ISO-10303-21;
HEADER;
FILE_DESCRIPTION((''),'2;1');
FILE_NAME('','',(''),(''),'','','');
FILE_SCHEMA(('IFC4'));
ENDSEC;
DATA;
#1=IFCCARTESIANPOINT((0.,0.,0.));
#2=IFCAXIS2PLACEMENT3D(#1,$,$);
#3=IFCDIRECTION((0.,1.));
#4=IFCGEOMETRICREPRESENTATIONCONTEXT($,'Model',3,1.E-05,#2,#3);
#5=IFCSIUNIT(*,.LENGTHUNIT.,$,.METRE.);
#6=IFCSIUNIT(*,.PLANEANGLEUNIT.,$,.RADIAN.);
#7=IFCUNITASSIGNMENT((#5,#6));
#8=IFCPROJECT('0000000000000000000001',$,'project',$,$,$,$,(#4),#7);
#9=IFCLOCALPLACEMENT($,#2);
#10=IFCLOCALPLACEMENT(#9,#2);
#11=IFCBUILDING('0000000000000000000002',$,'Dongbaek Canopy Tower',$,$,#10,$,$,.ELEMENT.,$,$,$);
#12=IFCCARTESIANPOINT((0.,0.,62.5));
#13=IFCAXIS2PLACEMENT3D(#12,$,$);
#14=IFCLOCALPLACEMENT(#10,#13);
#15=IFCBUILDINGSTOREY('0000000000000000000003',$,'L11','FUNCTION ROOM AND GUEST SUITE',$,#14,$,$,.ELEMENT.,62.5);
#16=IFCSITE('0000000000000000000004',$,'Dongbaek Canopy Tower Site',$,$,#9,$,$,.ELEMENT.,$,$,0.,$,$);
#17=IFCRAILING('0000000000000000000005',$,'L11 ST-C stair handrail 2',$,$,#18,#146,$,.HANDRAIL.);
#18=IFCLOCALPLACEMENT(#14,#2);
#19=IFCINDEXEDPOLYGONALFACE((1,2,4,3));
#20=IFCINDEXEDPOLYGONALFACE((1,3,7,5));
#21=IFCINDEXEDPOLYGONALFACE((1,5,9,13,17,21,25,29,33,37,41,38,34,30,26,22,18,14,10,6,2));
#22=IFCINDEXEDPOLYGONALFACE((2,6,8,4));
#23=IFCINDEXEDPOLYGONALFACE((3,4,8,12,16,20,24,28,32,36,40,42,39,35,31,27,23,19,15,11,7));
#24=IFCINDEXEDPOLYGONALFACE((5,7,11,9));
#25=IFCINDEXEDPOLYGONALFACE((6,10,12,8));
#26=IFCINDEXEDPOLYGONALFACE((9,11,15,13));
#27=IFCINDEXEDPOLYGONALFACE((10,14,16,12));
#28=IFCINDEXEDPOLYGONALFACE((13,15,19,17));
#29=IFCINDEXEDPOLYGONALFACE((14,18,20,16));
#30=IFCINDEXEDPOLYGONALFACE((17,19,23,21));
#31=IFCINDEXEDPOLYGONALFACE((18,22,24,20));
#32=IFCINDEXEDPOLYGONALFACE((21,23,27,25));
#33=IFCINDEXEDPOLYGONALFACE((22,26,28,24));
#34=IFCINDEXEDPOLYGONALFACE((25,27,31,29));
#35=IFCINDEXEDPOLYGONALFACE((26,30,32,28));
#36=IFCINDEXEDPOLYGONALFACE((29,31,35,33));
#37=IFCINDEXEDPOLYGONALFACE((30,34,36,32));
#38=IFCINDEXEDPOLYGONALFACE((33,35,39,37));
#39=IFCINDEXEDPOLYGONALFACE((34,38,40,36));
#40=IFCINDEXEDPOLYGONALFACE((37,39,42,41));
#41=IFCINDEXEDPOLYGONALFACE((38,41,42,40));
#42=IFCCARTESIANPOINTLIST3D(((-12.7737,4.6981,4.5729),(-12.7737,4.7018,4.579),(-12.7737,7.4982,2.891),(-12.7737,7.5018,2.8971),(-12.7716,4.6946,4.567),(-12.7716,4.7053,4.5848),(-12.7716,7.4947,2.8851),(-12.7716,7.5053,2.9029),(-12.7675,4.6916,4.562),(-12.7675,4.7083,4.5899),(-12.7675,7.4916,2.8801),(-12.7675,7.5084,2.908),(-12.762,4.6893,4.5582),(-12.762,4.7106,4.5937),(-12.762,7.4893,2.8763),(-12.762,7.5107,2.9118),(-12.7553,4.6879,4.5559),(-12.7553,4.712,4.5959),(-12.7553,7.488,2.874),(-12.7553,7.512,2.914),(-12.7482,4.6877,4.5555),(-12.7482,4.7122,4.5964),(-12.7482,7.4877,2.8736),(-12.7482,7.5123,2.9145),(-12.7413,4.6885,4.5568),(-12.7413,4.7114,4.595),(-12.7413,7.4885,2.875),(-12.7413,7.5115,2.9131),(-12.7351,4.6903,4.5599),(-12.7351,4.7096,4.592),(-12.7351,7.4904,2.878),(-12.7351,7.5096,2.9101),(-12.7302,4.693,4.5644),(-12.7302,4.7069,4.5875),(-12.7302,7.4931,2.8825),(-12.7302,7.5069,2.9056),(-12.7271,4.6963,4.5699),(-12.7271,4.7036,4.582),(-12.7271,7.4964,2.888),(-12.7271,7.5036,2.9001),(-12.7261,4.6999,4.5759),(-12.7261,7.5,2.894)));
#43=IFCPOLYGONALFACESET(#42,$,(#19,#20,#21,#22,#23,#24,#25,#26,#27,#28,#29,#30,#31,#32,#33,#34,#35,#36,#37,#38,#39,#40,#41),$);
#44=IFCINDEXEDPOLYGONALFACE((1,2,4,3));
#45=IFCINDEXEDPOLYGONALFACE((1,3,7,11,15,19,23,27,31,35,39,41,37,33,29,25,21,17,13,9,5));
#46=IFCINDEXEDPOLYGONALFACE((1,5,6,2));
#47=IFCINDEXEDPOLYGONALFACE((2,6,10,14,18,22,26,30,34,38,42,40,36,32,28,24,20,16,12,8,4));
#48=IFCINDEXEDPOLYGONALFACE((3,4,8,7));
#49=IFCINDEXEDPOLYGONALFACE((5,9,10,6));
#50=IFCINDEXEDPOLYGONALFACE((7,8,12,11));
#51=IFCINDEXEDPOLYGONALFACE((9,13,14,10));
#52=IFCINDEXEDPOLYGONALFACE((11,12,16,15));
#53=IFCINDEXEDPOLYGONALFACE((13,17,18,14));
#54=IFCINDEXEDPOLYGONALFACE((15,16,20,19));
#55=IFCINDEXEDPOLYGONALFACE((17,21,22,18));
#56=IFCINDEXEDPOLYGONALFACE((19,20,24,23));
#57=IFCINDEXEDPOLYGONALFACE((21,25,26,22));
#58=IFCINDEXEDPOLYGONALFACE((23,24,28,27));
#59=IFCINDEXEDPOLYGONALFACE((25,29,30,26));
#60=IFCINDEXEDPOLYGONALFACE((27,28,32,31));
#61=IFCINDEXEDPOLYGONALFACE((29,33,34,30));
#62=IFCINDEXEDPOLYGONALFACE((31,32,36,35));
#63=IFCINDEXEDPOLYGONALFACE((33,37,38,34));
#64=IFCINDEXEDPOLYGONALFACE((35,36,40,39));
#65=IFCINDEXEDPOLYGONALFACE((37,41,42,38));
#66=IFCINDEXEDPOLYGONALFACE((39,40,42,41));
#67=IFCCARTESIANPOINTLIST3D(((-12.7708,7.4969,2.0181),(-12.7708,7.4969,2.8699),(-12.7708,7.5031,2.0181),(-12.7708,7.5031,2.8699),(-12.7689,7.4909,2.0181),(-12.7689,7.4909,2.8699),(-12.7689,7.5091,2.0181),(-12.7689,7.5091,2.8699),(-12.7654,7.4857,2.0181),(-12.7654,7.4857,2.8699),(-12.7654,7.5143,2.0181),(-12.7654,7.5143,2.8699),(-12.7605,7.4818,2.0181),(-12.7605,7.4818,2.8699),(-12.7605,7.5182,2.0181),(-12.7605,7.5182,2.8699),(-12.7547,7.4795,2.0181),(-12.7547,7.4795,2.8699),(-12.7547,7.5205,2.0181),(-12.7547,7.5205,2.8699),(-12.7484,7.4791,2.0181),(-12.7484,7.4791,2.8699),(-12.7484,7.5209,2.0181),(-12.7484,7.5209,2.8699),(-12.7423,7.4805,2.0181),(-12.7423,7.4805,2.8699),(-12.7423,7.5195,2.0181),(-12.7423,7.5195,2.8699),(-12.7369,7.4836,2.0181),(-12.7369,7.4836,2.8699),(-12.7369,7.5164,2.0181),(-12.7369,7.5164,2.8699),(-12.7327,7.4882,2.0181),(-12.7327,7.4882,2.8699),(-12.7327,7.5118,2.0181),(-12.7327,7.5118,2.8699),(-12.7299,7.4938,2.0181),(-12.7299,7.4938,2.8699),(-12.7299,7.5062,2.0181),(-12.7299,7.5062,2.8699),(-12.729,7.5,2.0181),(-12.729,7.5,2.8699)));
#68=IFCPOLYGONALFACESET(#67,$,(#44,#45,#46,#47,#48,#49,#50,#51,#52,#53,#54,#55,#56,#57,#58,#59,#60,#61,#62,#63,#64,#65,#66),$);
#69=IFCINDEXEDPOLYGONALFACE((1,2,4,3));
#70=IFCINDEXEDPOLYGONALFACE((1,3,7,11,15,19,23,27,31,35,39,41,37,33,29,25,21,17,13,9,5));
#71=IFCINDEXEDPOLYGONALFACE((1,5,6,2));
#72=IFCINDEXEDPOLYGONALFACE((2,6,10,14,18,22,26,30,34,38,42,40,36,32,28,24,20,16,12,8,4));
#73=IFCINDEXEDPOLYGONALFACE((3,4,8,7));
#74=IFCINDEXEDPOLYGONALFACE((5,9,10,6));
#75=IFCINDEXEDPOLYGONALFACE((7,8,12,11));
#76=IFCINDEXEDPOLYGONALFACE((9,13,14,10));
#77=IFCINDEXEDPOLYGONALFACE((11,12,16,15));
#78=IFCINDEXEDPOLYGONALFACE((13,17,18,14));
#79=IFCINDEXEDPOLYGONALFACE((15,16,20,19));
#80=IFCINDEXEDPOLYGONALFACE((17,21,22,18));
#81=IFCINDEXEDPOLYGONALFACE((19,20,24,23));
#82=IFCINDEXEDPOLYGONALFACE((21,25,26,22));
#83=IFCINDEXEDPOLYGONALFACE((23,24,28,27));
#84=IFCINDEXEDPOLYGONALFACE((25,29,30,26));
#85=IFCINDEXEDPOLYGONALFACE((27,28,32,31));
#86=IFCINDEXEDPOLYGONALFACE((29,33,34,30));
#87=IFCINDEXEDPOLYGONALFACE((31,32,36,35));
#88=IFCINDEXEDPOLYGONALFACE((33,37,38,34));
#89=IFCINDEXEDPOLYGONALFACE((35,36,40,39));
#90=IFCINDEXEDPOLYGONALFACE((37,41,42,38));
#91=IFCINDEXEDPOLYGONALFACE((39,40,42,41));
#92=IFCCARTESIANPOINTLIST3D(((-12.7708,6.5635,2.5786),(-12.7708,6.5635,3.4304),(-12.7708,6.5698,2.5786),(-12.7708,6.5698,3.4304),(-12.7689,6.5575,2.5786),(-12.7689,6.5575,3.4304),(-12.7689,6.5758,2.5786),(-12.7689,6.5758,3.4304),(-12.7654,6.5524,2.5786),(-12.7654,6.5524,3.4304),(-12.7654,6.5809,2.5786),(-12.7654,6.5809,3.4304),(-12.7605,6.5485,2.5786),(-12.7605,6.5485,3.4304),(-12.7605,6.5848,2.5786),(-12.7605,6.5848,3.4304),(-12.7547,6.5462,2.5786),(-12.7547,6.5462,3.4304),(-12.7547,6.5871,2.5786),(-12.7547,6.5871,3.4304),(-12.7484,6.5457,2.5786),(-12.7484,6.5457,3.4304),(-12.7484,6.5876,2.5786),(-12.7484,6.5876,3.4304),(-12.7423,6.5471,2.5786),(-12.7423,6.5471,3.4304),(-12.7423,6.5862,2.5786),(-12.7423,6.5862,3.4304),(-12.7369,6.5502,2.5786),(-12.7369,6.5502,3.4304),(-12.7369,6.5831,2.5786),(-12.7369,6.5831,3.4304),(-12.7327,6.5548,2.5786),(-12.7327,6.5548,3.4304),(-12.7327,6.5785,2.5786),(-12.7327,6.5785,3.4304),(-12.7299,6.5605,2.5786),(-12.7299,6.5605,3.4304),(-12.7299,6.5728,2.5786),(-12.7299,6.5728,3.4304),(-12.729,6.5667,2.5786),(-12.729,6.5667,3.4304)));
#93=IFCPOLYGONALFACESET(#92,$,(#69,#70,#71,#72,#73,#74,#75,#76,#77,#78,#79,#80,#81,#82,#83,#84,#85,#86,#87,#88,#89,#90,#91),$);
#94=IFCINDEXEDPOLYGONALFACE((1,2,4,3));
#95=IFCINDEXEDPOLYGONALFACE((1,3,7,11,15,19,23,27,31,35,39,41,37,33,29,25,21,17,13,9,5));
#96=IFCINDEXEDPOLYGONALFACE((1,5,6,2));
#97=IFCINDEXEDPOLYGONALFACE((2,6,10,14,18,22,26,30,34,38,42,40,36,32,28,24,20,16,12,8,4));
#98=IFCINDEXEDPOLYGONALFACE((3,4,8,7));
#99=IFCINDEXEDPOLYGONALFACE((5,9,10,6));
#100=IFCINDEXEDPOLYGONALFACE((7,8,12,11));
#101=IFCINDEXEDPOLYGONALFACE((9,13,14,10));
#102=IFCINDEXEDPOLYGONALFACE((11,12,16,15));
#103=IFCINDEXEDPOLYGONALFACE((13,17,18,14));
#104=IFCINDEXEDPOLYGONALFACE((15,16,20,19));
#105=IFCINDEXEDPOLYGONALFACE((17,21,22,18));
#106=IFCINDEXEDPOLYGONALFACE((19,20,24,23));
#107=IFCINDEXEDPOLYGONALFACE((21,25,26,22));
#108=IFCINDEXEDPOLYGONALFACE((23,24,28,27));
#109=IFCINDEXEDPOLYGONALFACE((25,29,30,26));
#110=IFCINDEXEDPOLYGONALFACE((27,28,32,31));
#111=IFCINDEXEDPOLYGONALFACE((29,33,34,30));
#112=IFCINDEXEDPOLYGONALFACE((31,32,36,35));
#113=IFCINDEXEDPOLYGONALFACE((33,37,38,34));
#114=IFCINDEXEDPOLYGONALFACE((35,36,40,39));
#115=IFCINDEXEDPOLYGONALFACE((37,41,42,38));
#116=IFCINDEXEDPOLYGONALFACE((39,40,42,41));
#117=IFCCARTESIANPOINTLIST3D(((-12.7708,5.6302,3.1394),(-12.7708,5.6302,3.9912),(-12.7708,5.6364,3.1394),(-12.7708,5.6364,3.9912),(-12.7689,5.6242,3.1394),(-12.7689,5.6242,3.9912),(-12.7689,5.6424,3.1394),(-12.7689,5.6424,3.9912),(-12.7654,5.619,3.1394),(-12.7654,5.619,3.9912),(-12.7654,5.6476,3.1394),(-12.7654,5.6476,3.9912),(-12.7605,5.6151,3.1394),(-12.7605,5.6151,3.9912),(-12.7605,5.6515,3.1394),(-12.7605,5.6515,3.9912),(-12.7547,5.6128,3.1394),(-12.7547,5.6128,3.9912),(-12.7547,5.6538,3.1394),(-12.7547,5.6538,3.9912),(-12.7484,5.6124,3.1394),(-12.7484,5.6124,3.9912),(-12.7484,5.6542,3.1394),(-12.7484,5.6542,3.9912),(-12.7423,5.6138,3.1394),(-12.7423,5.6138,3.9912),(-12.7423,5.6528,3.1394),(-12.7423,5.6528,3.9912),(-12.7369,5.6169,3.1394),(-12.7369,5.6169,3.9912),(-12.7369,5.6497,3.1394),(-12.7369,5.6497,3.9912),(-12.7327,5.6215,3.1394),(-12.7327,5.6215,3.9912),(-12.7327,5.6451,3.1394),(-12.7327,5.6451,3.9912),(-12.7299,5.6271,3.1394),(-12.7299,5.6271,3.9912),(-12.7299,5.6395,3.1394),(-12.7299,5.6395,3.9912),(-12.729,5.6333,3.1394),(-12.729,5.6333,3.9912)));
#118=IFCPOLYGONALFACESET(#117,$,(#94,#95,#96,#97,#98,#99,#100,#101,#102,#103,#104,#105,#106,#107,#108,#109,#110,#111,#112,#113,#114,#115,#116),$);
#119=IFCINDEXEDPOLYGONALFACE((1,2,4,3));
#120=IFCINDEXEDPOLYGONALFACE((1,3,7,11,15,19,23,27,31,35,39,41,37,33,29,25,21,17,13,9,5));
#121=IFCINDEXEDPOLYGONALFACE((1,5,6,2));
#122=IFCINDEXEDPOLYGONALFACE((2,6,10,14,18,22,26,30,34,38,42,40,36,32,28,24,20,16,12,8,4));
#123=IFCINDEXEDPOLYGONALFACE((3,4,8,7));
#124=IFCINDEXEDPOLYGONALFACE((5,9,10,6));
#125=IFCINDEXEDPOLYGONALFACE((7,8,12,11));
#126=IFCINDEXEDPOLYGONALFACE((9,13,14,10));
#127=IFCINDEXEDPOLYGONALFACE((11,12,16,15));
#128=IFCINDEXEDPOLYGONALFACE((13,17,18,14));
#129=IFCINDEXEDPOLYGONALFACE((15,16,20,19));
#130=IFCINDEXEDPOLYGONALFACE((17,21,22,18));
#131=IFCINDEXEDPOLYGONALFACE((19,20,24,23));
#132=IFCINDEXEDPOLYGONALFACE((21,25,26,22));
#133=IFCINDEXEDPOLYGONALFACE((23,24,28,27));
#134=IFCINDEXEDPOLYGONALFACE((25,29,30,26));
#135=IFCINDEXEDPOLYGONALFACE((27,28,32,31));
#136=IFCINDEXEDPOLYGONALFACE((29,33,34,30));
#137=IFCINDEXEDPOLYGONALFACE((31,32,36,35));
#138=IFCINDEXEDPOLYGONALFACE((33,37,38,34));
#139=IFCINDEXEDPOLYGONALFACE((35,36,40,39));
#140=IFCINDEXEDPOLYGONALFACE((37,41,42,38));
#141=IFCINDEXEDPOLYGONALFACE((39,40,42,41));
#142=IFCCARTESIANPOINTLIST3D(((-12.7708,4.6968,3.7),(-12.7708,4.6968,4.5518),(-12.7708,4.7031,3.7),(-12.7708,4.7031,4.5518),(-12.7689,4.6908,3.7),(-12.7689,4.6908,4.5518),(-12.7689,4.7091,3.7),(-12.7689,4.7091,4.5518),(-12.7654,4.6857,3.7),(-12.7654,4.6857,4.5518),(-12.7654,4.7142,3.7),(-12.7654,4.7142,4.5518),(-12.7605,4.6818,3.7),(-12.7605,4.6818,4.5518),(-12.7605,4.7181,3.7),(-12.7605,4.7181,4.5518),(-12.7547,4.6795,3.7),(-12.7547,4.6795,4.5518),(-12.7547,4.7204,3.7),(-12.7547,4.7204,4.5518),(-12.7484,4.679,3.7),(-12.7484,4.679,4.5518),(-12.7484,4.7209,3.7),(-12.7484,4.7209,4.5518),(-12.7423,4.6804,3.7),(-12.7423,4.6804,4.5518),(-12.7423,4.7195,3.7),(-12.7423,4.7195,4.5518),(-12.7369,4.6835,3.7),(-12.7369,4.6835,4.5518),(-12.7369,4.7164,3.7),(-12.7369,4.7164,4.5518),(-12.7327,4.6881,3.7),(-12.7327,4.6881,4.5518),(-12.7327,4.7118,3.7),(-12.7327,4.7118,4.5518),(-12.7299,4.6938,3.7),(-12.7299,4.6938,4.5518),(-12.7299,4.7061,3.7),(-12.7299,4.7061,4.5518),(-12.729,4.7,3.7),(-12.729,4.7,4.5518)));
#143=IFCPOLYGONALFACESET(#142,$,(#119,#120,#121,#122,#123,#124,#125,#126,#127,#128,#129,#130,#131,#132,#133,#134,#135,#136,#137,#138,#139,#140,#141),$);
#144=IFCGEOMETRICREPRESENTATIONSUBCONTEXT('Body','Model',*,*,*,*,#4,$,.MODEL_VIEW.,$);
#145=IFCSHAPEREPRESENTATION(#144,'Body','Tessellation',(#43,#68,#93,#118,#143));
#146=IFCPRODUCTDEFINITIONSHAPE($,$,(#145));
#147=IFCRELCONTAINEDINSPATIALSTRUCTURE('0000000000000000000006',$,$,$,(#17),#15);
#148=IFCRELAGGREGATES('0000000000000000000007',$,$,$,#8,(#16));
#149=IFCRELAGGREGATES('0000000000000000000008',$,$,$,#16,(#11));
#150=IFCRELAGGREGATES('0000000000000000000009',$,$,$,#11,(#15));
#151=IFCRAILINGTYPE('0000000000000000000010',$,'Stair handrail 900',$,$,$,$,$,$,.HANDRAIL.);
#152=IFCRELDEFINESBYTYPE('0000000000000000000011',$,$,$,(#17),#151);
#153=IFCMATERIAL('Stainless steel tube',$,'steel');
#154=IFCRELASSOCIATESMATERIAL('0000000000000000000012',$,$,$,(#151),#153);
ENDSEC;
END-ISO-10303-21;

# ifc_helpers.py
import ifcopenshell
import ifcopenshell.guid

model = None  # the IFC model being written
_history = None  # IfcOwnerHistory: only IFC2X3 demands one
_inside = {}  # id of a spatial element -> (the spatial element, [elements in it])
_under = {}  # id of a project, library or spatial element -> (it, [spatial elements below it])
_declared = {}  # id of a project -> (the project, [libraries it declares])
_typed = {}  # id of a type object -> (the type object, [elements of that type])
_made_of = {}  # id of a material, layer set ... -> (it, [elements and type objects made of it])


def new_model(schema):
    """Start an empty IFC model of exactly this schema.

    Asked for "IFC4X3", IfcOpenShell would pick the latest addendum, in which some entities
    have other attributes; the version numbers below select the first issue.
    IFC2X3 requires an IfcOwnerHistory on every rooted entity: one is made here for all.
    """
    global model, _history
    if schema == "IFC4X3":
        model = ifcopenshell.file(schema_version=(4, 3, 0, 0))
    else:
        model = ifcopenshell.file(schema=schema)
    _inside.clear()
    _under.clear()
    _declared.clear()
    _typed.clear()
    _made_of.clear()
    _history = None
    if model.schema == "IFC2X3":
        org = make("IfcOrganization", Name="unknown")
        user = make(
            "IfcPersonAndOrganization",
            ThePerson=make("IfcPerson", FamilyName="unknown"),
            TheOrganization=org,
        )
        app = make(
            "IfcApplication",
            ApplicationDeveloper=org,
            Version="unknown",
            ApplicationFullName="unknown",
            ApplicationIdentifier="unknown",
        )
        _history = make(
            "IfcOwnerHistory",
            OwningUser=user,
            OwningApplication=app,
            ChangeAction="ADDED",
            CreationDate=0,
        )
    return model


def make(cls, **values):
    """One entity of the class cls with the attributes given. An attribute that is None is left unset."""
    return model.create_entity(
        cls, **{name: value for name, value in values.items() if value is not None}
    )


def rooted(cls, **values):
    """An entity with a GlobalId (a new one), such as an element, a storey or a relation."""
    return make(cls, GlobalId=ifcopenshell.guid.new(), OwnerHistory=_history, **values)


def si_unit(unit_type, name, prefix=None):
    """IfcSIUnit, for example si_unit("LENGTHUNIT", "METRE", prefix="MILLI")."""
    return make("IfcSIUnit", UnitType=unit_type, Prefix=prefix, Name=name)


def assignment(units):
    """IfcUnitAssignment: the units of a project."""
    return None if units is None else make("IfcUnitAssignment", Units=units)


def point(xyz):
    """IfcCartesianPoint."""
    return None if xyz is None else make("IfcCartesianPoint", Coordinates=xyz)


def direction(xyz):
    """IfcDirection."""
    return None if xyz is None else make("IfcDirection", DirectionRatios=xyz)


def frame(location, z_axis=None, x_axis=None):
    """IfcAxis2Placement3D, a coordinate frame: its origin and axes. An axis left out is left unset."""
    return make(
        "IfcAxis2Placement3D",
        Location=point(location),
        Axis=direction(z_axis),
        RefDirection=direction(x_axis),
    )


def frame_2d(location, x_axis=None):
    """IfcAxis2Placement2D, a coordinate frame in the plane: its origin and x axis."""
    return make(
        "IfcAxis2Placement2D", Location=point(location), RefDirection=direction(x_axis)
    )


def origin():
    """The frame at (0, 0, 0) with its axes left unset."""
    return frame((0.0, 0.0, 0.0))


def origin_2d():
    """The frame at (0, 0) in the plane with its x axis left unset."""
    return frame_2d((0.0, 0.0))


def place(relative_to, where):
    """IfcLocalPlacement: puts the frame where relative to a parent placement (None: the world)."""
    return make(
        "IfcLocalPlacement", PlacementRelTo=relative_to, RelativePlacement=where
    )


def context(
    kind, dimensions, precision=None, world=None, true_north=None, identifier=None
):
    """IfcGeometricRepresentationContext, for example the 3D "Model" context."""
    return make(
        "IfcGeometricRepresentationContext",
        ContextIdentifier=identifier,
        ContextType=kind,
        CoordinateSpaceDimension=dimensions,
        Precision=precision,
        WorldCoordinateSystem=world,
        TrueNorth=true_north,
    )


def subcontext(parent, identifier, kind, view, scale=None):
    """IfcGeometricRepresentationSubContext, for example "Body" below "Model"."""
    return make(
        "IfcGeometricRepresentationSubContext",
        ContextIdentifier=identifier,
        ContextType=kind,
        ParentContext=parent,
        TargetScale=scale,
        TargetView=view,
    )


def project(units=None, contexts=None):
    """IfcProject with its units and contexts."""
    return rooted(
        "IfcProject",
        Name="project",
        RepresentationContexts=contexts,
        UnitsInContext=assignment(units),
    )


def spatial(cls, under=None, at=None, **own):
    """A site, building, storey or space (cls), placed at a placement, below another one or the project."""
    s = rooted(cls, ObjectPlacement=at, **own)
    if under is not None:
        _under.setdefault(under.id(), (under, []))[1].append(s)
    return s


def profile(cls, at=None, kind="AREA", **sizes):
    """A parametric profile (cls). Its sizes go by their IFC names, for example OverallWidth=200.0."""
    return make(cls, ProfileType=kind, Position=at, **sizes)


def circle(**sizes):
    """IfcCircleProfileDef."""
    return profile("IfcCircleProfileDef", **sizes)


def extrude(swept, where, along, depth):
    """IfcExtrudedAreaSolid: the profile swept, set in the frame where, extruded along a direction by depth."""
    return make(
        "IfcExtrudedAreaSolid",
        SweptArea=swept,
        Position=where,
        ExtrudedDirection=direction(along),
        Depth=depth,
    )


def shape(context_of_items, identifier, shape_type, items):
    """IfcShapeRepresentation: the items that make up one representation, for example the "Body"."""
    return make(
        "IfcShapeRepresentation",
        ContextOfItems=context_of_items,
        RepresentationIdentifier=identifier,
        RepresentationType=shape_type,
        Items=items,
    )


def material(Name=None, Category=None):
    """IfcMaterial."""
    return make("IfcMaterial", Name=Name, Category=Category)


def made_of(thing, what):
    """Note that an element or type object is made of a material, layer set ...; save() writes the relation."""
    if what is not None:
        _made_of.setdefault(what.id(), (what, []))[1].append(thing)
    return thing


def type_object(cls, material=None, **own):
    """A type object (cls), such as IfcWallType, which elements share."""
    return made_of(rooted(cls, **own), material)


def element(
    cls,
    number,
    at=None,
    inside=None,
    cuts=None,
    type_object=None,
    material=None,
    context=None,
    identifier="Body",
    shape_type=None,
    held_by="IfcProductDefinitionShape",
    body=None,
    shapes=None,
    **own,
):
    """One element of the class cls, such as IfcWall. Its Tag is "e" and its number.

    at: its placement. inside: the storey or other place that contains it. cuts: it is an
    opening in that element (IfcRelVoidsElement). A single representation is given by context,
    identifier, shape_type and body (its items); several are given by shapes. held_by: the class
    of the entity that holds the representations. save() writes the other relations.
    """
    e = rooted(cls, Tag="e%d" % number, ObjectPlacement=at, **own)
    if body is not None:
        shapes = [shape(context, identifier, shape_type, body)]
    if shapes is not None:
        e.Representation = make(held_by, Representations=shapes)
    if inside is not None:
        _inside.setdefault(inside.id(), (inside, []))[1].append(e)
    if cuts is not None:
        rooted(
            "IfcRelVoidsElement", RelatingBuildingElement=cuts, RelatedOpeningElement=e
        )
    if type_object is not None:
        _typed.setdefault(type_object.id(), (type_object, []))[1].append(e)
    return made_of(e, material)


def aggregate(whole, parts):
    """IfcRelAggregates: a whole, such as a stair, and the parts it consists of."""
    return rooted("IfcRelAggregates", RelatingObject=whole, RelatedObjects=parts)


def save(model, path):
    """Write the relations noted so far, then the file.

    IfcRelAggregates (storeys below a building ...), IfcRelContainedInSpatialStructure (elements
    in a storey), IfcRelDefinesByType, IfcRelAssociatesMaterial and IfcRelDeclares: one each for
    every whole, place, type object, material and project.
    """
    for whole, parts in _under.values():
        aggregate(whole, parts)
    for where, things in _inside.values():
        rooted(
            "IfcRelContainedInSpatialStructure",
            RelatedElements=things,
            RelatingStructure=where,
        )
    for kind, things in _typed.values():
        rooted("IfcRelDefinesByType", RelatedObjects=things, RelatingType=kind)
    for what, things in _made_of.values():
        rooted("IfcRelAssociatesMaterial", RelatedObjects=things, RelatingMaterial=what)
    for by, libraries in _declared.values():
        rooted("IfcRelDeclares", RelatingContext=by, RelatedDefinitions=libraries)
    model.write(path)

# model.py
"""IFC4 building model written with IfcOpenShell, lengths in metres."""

from ifc_helpers import new_model, si_unit, direction, frame, origin, origin_2d, place, context, subcontext, project, spatial, circle, extrude, material, type_object, element, save


model = new_model("IFC4")

# Units and contexts
model_context = context("Model", 3, precision=1e-05, world=origin(), true_north=direction((0.0, 1.0)))
body_context = subcontext(model_context, "Body", "Model", "MODEL_VIEW")
ifc_project = project(units=[si_unit("LENGTHUNIT", "METRE"), si_unit("PLANEANGLEUNIT", "RADIAN")], contexts=[model_context])

# Site, building, storey
site_placement = place(None, origin())
site = spatial("IfcSite", under=ifc_project, at=site_placement, Name="Dongbaek Canopy Tower Site", CompositionType="ELEMENT", RefElevation=0.0)
building_placement = place(site_placement, origin())
building = spatial("IfcBuilding", under=site, at=building_placement, Name="Dongbaek Canopy Tower", CompositionType="ELEMENT")
storey_placement = place(building_placement, frame((0.0, 0.0, 62.5)))
storey = spatial("IfcBuildingStorey", under=building, at=storey_placement, Name="L11", Description="FUNCTION ROOM AND GUEST SUITE", CompositionType="ELEMENT", Elevation=62.5)

# Railing
ifc_material_1 = material(Name="Stainless steel tube", Category="steel")
railing_type_1 = type_object("IfcRailingType", Name="Stair handrail 900", PredefinedType="HANDRAIL", material=ifc_material_1)
railing_1_placement = place(storey_placement, frame((-12.75, 7.5, 2.0181)))
element("IfcRailing", 1, at=railing_1_placement, inside=storey, type_object=railing_type_1, Name="L11 ST-C stair handrail 2", PredefinedType="HANDRAIL", context=body_context, shape_type="SweptSolid", body=[
    extrude(circle(Radius=0.0239, at=origin_2d()), frame((0.0, 0.0, 0.876), z_axis=(0.0, -0.857242, 0.514913), x_axis=(1.0, 0.0, 0.0)), (0.0, 0.0, 1.0), 3.2664),
    extrude(circle(Radius=0.021, at=origin_2d()), origin(), (0.0, 0.0, 1.0), 0.8518),
    extrude(circle(Radius=0.021, at=origin_2d()), frame((0.0, -0.9333, 0.5605)), (0.0, 0.0, 1.0), 0.8518),
    extrude(circle(Radius=0.021, at=origin_2d()), frame((0.0, -1.8667, 1.1213)), (0.0, 0.0, 1.0), 0.8518),
    extrude(circle(Radius=0.021, at=origin_2d()), frame((0.0, -2.8, 1.6819)), (0.0, 0.0, 1.0), 0.8518),
])

save(model, "model.ifc")
